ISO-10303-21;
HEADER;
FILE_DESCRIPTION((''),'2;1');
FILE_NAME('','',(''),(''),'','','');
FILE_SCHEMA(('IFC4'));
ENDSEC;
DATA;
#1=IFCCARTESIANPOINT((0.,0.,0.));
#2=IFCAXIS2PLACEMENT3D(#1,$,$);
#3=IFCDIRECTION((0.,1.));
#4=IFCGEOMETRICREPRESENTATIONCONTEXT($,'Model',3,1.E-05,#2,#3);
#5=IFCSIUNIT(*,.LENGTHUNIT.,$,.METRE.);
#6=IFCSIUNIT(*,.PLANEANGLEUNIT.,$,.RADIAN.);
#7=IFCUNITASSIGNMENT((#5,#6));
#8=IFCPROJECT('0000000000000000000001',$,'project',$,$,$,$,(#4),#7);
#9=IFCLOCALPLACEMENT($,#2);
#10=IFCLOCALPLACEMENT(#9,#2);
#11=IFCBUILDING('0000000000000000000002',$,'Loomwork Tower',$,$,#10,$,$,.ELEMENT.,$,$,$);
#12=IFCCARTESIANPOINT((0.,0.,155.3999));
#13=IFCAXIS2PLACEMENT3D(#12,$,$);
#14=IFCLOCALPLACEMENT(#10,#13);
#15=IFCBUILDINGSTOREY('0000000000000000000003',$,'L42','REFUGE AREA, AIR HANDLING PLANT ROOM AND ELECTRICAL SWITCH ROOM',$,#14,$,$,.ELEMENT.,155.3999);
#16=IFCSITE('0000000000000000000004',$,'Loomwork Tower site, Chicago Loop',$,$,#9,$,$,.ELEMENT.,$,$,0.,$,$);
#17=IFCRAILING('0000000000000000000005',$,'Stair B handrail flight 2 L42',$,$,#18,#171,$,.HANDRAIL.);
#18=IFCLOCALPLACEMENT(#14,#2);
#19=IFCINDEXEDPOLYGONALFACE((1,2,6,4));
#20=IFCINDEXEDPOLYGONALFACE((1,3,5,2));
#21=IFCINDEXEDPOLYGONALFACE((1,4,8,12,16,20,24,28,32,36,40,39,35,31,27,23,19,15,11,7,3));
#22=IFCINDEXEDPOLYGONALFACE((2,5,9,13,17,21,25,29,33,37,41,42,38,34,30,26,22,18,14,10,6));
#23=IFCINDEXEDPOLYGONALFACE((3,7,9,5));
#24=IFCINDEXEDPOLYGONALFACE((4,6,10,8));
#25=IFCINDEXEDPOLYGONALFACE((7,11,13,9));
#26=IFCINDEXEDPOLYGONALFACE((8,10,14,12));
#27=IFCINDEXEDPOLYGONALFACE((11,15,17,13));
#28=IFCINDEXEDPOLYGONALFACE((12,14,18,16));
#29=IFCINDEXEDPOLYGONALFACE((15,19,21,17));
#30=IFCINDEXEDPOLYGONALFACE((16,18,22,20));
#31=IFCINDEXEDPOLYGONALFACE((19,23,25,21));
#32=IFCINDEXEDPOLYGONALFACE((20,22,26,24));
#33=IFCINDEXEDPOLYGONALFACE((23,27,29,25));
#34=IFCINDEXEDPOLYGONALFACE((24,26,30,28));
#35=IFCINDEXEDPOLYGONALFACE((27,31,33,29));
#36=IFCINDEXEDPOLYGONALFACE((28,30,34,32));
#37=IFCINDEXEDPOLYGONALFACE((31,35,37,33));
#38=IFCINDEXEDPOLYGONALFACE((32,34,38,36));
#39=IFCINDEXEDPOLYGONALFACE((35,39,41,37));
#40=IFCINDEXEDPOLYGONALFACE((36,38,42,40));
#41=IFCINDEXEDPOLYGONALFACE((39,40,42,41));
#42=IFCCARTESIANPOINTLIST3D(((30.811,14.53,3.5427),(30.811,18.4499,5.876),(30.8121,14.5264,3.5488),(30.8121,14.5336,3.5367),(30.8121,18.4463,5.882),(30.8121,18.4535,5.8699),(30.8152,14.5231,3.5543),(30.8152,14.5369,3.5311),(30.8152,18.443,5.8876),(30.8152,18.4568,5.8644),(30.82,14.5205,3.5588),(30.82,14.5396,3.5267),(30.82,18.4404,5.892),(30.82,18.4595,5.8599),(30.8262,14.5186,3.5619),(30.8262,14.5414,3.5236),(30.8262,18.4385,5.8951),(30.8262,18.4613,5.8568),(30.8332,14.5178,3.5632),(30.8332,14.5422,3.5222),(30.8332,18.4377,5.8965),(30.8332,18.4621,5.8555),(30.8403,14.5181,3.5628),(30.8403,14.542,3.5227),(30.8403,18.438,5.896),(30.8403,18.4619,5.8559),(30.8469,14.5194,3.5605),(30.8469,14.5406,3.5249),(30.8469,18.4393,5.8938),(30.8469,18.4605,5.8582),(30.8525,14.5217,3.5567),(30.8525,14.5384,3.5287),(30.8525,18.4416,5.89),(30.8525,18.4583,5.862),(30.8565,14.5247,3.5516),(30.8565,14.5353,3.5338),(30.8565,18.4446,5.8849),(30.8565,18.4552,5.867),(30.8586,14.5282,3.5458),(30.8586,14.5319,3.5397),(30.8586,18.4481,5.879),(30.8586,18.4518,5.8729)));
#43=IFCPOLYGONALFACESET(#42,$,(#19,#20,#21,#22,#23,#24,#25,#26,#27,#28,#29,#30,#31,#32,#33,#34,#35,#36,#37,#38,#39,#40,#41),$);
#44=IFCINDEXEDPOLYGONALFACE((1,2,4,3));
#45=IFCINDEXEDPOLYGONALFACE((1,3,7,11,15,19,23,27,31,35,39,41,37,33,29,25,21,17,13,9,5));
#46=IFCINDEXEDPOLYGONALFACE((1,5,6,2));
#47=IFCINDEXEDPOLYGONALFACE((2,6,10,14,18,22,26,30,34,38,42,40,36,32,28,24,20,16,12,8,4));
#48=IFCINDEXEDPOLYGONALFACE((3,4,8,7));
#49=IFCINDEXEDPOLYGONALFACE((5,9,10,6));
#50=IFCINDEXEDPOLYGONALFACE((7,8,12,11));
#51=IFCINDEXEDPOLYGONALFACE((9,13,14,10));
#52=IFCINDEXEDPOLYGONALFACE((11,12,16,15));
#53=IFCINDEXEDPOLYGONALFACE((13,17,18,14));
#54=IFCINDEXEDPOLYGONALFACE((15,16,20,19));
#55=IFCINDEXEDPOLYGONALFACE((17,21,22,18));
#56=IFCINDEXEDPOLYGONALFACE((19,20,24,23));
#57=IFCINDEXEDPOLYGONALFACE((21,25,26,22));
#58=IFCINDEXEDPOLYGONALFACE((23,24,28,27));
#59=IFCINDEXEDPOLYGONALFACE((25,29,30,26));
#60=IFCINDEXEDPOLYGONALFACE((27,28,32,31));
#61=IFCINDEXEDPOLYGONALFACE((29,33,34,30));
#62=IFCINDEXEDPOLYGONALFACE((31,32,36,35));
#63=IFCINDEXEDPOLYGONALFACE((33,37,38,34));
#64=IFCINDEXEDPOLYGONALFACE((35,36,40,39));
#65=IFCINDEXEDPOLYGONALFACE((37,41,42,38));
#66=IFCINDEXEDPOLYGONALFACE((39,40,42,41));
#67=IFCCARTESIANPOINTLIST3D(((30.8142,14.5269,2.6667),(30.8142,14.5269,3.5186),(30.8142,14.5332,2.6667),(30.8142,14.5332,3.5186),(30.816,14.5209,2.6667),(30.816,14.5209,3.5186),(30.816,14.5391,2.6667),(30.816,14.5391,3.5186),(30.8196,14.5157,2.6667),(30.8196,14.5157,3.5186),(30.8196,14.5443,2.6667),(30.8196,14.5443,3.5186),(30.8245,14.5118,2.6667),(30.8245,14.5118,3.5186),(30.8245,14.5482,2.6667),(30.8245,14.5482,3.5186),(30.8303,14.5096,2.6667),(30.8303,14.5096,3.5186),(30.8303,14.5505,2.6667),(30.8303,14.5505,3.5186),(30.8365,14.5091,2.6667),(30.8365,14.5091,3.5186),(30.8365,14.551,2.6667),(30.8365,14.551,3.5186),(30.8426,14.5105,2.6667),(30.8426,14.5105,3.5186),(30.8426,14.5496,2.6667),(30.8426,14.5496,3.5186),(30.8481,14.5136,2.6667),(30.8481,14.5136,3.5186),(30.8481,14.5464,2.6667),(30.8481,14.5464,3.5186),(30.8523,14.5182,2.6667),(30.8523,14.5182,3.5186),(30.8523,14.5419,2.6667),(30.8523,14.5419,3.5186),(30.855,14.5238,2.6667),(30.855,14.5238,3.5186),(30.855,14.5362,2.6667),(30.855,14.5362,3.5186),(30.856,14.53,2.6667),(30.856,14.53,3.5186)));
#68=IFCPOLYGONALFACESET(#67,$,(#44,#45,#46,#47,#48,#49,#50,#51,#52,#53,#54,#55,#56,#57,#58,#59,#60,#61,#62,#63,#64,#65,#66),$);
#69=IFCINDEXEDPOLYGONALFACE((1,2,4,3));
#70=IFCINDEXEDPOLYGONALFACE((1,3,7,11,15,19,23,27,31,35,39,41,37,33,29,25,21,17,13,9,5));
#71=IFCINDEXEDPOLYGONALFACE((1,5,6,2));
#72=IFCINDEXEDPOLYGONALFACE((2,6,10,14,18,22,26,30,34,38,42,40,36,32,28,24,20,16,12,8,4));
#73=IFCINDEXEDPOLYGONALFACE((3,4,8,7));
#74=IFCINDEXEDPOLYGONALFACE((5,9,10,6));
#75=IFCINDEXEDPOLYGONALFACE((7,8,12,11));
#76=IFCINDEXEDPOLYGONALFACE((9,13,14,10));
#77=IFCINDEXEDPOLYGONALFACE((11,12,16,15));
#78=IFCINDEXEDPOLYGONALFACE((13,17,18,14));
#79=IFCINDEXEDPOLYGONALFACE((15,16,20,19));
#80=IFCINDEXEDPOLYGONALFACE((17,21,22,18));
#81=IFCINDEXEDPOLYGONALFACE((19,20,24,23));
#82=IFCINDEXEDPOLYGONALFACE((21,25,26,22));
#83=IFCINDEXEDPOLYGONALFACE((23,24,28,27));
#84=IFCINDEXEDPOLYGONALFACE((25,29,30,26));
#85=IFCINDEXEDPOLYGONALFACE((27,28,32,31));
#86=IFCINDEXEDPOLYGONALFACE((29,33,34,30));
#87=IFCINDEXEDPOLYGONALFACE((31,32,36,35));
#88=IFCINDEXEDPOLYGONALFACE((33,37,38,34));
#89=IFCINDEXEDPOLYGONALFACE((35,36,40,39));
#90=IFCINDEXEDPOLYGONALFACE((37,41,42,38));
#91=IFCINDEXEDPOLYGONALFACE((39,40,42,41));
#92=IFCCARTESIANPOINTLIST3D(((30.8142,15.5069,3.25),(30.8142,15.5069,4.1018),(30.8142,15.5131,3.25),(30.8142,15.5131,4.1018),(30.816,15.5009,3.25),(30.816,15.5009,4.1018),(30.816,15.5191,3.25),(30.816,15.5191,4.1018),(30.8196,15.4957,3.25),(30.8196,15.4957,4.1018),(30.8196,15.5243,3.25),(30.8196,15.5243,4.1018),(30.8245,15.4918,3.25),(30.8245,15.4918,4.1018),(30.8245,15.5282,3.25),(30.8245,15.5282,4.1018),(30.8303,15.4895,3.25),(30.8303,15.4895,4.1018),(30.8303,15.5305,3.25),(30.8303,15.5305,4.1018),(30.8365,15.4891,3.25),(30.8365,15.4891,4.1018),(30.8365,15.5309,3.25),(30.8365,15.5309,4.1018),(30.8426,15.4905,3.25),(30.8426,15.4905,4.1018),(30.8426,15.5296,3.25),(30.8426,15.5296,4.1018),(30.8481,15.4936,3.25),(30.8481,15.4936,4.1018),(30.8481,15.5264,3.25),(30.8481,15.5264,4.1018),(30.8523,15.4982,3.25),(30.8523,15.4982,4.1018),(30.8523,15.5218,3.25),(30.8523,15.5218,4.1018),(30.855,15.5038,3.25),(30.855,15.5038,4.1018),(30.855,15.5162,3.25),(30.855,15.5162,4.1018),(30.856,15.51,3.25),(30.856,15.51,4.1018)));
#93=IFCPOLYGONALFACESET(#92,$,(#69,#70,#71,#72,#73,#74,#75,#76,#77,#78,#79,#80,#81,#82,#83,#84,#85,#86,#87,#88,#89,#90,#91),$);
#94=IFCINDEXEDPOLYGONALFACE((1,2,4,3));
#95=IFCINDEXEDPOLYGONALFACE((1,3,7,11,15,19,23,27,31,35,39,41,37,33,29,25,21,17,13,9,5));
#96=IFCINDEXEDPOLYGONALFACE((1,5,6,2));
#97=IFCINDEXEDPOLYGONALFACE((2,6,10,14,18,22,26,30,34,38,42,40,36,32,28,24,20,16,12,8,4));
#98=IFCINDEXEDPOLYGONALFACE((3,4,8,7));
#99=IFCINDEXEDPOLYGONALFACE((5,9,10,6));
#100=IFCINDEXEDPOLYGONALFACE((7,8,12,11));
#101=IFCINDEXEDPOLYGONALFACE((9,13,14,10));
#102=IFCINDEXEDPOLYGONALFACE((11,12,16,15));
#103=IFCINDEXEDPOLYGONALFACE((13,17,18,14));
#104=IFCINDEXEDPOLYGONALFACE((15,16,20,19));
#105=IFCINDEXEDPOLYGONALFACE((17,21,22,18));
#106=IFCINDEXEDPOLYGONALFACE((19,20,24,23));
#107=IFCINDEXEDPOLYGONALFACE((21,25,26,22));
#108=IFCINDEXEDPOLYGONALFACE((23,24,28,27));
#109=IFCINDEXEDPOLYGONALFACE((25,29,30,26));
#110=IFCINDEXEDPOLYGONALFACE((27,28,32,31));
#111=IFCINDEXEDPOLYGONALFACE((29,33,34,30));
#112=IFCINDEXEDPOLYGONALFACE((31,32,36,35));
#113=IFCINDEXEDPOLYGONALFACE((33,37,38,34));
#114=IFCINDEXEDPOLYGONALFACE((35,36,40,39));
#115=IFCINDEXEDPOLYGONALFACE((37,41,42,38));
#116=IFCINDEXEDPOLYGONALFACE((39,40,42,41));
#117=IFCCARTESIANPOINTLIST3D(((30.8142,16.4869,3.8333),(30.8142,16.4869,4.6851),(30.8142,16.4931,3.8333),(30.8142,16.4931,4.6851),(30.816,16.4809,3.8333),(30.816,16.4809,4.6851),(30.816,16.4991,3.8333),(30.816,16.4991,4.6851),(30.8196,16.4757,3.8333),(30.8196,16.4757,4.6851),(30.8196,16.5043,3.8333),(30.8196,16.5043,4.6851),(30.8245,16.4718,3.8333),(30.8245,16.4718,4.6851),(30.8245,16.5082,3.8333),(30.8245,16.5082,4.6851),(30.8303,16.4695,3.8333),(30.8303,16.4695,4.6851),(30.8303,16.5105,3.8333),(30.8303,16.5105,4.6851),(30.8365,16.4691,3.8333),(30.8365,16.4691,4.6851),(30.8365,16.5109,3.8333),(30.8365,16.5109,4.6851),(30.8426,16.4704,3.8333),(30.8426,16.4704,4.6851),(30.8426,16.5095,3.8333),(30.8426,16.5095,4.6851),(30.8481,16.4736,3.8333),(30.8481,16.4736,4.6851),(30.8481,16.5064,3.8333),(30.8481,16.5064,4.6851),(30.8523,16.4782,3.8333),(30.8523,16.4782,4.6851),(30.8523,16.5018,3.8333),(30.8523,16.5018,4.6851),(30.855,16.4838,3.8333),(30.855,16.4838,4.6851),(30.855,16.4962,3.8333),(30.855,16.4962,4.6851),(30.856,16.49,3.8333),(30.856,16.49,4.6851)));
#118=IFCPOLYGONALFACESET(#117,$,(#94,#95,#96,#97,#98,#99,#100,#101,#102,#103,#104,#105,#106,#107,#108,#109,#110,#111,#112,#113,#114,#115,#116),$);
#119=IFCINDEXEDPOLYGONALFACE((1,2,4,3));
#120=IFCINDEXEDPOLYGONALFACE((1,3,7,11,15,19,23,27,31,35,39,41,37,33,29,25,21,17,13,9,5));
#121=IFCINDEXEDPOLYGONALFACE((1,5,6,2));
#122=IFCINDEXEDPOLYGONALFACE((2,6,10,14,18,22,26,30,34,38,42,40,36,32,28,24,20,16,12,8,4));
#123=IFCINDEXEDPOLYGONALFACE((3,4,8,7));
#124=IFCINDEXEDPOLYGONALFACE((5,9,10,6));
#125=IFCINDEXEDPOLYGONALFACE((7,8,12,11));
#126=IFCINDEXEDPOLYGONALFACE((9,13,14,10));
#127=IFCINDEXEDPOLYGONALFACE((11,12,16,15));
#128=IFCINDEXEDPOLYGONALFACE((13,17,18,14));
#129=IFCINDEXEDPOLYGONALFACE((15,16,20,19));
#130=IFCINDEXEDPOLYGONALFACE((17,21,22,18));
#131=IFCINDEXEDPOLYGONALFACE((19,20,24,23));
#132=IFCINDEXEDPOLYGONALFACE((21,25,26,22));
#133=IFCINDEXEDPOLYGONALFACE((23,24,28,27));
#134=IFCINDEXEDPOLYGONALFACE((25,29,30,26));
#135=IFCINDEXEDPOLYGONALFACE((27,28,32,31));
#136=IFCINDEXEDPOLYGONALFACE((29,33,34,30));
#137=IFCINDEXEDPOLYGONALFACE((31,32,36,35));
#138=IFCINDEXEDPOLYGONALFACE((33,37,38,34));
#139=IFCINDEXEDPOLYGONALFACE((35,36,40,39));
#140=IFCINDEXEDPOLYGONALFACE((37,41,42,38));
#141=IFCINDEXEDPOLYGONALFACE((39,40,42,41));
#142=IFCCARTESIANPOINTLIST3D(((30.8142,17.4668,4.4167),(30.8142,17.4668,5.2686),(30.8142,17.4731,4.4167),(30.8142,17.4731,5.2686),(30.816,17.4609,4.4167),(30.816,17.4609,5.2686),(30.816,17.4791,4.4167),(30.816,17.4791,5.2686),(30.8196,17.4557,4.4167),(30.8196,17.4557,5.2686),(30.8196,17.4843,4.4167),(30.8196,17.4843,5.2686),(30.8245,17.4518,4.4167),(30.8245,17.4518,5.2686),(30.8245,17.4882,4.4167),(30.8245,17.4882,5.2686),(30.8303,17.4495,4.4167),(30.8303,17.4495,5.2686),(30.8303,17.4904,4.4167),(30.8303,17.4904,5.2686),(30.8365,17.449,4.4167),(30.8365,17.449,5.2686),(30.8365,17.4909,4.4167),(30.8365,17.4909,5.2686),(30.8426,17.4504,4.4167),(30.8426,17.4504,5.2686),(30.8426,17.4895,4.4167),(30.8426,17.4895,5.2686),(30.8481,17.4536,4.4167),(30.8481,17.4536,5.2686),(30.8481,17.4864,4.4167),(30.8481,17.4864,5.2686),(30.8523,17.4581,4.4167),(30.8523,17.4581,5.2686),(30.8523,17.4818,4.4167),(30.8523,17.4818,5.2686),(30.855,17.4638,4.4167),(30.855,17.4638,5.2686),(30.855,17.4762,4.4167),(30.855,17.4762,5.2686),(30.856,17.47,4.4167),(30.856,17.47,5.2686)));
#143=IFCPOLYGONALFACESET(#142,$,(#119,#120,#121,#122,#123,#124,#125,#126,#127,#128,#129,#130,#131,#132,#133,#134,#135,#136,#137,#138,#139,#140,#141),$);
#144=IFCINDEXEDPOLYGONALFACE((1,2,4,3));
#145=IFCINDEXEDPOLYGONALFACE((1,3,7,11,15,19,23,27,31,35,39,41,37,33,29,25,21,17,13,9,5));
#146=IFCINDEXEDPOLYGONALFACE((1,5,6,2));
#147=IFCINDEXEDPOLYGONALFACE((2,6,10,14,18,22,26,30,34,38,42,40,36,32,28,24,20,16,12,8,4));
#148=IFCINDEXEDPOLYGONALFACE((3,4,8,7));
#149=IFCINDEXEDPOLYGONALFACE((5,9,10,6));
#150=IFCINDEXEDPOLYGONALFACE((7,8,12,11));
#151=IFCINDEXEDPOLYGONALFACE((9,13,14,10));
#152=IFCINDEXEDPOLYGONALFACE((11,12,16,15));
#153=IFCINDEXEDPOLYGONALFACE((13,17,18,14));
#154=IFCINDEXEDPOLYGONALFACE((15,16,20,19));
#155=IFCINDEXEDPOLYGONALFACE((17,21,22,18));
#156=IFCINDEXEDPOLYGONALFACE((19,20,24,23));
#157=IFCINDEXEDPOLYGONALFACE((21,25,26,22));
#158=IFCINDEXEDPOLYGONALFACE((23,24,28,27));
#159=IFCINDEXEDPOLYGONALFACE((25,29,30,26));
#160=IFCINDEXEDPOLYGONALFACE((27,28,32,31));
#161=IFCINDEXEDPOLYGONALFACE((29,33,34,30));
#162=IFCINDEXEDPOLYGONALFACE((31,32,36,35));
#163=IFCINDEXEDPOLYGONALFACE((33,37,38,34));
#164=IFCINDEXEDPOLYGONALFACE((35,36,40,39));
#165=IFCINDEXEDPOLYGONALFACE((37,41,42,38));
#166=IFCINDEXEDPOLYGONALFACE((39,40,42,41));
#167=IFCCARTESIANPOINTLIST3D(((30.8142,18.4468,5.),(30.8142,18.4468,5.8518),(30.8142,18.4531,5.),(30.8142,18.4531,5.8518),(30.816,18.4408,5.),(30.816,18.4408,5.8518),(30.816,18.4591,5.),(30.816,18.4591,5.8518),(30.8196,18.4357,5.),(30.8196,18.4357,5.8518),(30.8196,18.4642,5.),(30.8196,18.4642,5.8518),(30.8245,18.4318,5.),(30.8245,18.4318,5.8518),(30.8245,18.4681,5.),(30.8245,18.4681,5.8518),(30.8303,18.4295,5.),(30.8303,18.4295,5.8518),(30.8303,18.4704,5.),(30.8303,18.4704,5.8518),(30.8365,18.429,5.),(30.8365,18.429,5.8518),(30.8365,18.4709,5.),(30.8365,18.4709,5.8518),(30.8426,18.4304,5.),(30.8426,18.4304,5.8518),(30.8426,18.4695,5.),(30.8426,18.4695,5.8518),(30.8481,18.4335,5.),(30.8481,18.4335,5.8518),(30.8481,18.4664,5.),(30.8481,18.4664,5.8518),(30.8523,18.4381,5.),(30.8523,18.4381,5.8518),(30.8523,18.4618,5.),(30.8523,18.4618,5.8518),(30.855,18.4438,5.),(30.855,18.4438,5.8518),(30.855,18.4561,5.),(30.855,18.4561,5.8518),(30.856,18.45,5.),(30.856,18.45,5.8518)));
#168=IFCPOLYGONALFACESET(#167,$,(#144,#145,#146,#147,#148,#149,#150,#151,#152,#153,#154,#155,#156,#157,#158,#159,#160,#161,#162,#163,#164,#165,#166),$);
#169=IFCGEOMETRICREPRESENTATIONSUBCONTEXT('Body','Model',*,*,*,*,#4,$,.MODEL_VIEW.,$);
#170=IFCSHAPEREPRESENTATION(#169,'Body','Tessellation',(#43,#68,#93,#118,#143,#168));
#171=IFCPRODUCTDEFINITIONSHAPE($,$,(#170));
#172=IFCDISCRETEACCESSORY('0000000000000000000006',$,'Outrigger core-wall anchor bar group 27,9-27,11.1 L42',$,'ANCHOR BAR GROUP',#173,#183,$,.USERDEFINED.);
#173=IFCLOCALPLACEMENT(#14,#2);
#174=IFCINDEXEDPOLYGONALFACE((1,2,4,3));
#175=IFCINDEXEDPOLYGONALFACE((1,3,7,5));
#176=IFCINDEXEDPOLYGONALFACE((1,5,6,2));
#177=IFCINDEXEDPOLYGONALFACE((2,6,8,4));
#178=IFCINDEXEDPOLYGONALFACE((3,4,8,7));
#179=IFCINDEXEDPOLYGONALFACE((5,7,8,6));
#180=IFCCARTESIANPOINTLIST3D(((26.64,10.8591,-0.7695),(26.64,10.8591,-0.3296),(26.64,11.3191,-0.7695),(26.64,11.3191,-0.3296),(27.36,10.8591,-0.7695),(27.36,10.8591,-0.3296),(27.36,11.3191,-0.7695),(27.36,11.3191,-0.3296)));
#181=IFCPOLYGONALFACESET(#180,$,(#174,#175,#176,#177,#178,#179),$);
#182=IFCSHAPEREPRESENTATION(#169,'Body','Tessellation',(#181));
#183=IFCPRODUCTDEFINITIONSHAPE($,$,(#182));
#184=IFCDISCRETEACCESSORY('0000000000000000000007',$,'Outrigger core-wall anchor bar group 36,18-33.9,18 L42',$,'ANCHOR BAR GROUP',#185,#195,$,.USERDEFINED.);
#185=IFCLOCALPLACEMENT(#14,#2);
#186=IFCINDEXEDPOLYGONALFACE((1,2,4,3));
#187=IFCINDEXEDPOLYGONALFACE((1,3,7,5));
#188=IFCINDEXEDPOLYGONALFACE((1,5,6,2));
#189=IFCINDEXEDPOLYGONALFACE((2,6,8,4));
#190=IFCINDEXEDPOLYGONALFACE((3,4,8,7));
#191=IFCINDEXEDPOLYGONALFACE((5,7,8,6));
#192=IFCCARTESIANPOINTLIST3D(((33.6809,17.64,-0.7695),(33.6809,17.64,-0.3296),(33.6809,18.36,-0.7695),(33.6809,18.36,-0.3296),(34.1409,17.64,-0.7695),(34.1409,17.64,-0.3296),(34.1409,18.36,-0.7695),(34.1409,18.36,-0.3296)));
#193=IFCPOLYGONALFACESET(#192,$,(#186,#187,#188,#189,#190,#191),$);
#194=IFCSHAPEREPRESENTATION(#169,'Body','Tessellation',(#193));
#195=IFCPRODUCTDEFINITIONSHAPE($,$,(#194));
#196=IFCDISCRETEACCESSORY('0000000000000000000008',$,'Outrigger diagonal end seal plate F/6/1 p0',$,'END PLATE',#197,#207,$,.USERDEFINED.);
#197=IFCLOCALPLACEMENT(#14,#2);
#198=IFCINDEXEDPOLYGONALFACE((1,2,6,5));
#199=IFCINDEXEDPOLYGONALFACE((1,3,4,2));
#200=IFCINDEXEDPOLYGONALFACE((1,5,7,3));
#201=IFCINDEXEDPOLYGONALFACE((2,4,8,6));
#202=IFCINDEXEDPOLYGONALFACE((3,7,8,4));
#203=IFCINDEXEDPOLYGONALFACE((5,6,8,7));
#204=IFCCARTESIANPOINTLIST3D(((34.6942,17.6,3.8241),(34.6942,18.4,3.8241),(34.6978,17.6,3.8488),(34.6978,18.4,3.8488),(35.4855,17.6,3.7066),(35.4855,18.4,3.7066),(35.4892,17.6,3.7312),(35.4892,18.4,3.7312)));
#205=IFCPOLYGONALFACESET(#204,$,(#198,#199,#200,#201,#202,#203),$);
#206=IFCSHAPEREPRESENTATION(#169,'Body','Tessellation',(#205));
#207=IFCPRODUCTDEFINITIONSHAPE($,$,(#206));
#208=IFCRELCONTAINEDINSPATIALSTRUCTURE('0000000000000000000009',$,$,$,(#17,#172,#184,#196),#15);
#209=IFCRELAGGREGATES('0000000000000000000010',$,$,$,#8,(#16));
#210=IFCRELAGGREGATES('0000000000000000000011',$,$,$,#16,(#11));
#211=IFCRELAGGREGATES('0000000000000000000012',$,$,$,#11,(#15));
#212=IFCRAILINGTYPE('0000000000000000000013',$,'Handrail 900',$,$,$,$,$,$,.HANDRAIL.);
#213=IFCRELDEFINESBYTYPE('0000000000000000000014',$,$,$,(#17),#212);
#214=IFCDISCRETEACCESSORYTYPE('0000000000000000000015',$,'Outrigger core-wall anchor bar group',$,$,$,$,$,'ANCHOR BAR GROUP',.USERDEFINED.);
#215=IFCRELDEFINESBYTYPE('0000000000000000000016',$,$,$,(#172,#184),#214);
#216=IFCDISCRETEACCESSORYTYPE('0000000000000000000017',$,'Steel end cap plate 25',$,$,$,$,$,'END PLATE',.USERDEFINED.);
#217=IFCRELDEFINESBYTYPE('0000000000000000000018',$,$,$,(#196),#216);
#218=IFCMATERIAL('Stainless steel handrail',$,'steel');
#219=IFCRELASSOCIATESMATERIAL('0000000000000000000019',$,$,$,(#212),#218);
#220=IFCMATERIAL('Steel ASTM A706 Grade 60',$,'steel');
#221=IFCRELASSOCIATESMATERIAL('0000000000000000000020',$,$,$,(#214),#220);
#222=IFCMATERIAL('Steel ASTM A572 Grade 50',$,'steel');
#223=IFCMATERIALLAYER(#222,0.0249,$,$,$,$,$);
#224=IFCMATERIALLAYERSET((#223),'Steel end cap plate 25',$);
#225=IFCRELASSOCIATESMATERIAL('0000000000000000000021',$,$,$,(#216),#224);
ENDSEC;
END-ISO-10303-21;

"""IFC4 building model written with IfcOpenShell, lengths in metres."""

from ifc_helpers import new_model, si_unit, direction, frame, origin, origin_2d, place, context, subcontext, project, spatial, rectangle, circle, extrude, material, layer, layer_set, type_object, element, save


model = new_model("IFC4")

# Units and contexts
model_context = context("Model", 3, precision=1e-05, world=origin(), true_north=direction((0.0, 1.0)))
body_context = subcontext(model_context, "Body", "Model", "MODEL_VIEW")
ifc_project = project(units=[si_unit("LENGTHUNIT", "METRE"), si_unit("PLANEANGLEUNIT", "RADIAN")], contexts=[model_context])

# Site, building, storey
site_placement = place(None, origin())
site = spatial("IfcSite", under=ifc_project, at=site_placement, Name="Loomwork Tower site, Chicago Loop", CompositionType="ELEMENT", RefElevation=0.0)
building_placement = place(site_placement, origin())
building = spatial("IfcBuilding", under=site, at=building_placement, Name="Loomwork Tower", CompositionType="ELEMENT")
storey_placement = place(building_placement, frame((0.0, 0.0, 155.3999)))
storey = spatial("IfcBuildingStorey", under=building, at=storey_placement, Name="L42", Description="REFUGE AREA, AIR HANDLING PLANT ROOM AND ELECTRICAL SWITCH ROOM", CompositionType="ELEMENT", Elevation=155.3999)

# Railing
ifc_material_1 = material(Name="Stainless steel handrail", Category="steel")
railing_type = type_object("IfcRailingType", Name="Handrail 900", PredefinedType="HANDRAIL", material=ifc_material_1)
railing_placement = place(storey_placement, frame((30.835, 14.53, 2.6667)))
element("IfcRailing", 1, at=railing_placement, inside=storey, type_object=railing_type, Name="Stair B handrail flight 2 L42", PredefinedType="HANDRAIL", context=body_context, shape_type="SweptSolid", body=[
    extrude(circle(Radius=0.0239, at=origin_2d()), frame((0.0, 0.0, 0.876), z_axis=(0.0, 0.859296, 0.511478), x_axis=(-1.0, 0.0, 0.0)), (0.0, 0.0, 1.0), 4.5618),
    extrude(circle(Radius=0.021, at=origin_2d()), origin(), (0.0, 0.0, 1.0), 0.8518),
    extrude(circle(Radius=0.021, at=origin_2d()), frame((0.0, 0.98, 0.5833)), (0.0, 0.0, 1.0), 0.8518),
    extrude(circle(Radius=0.021, at=origin_2d()), frame((0.0, 1.96, 1.1665)), (0.0, 0.0, 1.0), 0.8518),
    extrude(circle(Radius=0.021, at=origin_2d()), frame((0.0, 2.9399, 1.75)), (0.0, 0.0, 1.0), 0.8518),
    extrude(circle(Radius=0.021, at=origin_2d()), frame((0.0, 3.9199, 2.3333)), (0.0, 0.0, 1.0), 0.8518),
])

# Discrete accessories
ifc_material_2 = material(Name="Steel ASTM A706 Grade 60", Category="steel")
discrete_accessory_type_1 = type_object("IfcDiscreteAccessoryType", Name="Outrigger core-wall anchor bar group", ElementType="ANCHOR BAR GROUP", PredefinedType="USERDEFINED", material=ifc_material_2)
discrete_accessory_1_placement = place(storey_placement, frame((27.0, 11.0891, -0.7695), z_axis=(0.0, 0.0, 1.0), x_axis=(1.0, 0.0, 0.0)))
element("IfcDiscreteAccessory", 2, at=discrete_accessory_1_placement, inside=storey, type_object=discrete_accessory_type_1, Name="Outrigger core-wall anchor bar group 27,9-27,11.1 L42", ObjectType="ANCHOR BAR GROUP", PredefinedType="USERDEFINED", context=body_context, shape_type="SweptSolid", body=[
    extrude(rectangle(XDim=0.72, YDim=0.46, at=origin_2d()), origin(), (0.0, 0.0, 1.0), 0.4399),
])
discrete_accessory_2_placement = place(storey_placement, frame((33.9109, 18.0, -0.7695), z_axis=(0.0, 0.0, 1.0), x_axis=(1.0, 0.0, 0.0)))
element("IfcDiscreteAccessory", 3, at=discrete_accessory_2_placement, inside=storey, type_object=discrete_accessory_type_1, Name="Outrigger core-wall anchor bar group 36,18-33.9,18 L42", ObjectType="ANCHOR BAR GROUP", PredefinedType="USERDEFINED", context=body_context, shape_type="SweptSolid", body=[
    extrude(rectangle(XDim=0.46, YDim=0.72, at=origin_2d()), origin(), (0.0, 0.0, 1.0), 0.4399),
])
ifc_material_3 = material(Name="Steel ASTM A572 Grade 50", Category="steel")
ifc_layer_1 = layer(ifc_material_3, 0.0249)
ifc_layer_set_1 = layer_set([ifc_layer_1], Name="Steel end cap plate 25")
discrete_accessory_type_2 = type_object("IfcDiscreteAccessoryType", Name="Steel end cap plate 25", ElementType="END PLATE", PredefinedType="USERDEFINED", material=ifc_layer_set_1)
for number, where, z_axis, x_axis, name in (
    (4, (35.0898, 18.0, 3.7654), (0.146904, 0.0, 0.989151), (0.0, 1.0, 0.0), "Outrigger diagonal end seal plate F/6/1 p0"),
):
    element("IfcDiscreteAccessory", number, at=place(storey_placement, frame(where, z_axis=z_axis, x_axis=x_axis)), inside=storey, type_object=discrete_accessory_type_2, Name=name, ObjectType="END PLATE", PredefinedType="USERDEFINED", context=body_context, shape_type="SweptSolid", body=[
        extrude(rectangle(XDim=0.8, YDim=0.8, at=origin_2d()), origin(), (0.0, 0.0, 1.0), 0.0249),
    ])

save(model, "model.ifc")
